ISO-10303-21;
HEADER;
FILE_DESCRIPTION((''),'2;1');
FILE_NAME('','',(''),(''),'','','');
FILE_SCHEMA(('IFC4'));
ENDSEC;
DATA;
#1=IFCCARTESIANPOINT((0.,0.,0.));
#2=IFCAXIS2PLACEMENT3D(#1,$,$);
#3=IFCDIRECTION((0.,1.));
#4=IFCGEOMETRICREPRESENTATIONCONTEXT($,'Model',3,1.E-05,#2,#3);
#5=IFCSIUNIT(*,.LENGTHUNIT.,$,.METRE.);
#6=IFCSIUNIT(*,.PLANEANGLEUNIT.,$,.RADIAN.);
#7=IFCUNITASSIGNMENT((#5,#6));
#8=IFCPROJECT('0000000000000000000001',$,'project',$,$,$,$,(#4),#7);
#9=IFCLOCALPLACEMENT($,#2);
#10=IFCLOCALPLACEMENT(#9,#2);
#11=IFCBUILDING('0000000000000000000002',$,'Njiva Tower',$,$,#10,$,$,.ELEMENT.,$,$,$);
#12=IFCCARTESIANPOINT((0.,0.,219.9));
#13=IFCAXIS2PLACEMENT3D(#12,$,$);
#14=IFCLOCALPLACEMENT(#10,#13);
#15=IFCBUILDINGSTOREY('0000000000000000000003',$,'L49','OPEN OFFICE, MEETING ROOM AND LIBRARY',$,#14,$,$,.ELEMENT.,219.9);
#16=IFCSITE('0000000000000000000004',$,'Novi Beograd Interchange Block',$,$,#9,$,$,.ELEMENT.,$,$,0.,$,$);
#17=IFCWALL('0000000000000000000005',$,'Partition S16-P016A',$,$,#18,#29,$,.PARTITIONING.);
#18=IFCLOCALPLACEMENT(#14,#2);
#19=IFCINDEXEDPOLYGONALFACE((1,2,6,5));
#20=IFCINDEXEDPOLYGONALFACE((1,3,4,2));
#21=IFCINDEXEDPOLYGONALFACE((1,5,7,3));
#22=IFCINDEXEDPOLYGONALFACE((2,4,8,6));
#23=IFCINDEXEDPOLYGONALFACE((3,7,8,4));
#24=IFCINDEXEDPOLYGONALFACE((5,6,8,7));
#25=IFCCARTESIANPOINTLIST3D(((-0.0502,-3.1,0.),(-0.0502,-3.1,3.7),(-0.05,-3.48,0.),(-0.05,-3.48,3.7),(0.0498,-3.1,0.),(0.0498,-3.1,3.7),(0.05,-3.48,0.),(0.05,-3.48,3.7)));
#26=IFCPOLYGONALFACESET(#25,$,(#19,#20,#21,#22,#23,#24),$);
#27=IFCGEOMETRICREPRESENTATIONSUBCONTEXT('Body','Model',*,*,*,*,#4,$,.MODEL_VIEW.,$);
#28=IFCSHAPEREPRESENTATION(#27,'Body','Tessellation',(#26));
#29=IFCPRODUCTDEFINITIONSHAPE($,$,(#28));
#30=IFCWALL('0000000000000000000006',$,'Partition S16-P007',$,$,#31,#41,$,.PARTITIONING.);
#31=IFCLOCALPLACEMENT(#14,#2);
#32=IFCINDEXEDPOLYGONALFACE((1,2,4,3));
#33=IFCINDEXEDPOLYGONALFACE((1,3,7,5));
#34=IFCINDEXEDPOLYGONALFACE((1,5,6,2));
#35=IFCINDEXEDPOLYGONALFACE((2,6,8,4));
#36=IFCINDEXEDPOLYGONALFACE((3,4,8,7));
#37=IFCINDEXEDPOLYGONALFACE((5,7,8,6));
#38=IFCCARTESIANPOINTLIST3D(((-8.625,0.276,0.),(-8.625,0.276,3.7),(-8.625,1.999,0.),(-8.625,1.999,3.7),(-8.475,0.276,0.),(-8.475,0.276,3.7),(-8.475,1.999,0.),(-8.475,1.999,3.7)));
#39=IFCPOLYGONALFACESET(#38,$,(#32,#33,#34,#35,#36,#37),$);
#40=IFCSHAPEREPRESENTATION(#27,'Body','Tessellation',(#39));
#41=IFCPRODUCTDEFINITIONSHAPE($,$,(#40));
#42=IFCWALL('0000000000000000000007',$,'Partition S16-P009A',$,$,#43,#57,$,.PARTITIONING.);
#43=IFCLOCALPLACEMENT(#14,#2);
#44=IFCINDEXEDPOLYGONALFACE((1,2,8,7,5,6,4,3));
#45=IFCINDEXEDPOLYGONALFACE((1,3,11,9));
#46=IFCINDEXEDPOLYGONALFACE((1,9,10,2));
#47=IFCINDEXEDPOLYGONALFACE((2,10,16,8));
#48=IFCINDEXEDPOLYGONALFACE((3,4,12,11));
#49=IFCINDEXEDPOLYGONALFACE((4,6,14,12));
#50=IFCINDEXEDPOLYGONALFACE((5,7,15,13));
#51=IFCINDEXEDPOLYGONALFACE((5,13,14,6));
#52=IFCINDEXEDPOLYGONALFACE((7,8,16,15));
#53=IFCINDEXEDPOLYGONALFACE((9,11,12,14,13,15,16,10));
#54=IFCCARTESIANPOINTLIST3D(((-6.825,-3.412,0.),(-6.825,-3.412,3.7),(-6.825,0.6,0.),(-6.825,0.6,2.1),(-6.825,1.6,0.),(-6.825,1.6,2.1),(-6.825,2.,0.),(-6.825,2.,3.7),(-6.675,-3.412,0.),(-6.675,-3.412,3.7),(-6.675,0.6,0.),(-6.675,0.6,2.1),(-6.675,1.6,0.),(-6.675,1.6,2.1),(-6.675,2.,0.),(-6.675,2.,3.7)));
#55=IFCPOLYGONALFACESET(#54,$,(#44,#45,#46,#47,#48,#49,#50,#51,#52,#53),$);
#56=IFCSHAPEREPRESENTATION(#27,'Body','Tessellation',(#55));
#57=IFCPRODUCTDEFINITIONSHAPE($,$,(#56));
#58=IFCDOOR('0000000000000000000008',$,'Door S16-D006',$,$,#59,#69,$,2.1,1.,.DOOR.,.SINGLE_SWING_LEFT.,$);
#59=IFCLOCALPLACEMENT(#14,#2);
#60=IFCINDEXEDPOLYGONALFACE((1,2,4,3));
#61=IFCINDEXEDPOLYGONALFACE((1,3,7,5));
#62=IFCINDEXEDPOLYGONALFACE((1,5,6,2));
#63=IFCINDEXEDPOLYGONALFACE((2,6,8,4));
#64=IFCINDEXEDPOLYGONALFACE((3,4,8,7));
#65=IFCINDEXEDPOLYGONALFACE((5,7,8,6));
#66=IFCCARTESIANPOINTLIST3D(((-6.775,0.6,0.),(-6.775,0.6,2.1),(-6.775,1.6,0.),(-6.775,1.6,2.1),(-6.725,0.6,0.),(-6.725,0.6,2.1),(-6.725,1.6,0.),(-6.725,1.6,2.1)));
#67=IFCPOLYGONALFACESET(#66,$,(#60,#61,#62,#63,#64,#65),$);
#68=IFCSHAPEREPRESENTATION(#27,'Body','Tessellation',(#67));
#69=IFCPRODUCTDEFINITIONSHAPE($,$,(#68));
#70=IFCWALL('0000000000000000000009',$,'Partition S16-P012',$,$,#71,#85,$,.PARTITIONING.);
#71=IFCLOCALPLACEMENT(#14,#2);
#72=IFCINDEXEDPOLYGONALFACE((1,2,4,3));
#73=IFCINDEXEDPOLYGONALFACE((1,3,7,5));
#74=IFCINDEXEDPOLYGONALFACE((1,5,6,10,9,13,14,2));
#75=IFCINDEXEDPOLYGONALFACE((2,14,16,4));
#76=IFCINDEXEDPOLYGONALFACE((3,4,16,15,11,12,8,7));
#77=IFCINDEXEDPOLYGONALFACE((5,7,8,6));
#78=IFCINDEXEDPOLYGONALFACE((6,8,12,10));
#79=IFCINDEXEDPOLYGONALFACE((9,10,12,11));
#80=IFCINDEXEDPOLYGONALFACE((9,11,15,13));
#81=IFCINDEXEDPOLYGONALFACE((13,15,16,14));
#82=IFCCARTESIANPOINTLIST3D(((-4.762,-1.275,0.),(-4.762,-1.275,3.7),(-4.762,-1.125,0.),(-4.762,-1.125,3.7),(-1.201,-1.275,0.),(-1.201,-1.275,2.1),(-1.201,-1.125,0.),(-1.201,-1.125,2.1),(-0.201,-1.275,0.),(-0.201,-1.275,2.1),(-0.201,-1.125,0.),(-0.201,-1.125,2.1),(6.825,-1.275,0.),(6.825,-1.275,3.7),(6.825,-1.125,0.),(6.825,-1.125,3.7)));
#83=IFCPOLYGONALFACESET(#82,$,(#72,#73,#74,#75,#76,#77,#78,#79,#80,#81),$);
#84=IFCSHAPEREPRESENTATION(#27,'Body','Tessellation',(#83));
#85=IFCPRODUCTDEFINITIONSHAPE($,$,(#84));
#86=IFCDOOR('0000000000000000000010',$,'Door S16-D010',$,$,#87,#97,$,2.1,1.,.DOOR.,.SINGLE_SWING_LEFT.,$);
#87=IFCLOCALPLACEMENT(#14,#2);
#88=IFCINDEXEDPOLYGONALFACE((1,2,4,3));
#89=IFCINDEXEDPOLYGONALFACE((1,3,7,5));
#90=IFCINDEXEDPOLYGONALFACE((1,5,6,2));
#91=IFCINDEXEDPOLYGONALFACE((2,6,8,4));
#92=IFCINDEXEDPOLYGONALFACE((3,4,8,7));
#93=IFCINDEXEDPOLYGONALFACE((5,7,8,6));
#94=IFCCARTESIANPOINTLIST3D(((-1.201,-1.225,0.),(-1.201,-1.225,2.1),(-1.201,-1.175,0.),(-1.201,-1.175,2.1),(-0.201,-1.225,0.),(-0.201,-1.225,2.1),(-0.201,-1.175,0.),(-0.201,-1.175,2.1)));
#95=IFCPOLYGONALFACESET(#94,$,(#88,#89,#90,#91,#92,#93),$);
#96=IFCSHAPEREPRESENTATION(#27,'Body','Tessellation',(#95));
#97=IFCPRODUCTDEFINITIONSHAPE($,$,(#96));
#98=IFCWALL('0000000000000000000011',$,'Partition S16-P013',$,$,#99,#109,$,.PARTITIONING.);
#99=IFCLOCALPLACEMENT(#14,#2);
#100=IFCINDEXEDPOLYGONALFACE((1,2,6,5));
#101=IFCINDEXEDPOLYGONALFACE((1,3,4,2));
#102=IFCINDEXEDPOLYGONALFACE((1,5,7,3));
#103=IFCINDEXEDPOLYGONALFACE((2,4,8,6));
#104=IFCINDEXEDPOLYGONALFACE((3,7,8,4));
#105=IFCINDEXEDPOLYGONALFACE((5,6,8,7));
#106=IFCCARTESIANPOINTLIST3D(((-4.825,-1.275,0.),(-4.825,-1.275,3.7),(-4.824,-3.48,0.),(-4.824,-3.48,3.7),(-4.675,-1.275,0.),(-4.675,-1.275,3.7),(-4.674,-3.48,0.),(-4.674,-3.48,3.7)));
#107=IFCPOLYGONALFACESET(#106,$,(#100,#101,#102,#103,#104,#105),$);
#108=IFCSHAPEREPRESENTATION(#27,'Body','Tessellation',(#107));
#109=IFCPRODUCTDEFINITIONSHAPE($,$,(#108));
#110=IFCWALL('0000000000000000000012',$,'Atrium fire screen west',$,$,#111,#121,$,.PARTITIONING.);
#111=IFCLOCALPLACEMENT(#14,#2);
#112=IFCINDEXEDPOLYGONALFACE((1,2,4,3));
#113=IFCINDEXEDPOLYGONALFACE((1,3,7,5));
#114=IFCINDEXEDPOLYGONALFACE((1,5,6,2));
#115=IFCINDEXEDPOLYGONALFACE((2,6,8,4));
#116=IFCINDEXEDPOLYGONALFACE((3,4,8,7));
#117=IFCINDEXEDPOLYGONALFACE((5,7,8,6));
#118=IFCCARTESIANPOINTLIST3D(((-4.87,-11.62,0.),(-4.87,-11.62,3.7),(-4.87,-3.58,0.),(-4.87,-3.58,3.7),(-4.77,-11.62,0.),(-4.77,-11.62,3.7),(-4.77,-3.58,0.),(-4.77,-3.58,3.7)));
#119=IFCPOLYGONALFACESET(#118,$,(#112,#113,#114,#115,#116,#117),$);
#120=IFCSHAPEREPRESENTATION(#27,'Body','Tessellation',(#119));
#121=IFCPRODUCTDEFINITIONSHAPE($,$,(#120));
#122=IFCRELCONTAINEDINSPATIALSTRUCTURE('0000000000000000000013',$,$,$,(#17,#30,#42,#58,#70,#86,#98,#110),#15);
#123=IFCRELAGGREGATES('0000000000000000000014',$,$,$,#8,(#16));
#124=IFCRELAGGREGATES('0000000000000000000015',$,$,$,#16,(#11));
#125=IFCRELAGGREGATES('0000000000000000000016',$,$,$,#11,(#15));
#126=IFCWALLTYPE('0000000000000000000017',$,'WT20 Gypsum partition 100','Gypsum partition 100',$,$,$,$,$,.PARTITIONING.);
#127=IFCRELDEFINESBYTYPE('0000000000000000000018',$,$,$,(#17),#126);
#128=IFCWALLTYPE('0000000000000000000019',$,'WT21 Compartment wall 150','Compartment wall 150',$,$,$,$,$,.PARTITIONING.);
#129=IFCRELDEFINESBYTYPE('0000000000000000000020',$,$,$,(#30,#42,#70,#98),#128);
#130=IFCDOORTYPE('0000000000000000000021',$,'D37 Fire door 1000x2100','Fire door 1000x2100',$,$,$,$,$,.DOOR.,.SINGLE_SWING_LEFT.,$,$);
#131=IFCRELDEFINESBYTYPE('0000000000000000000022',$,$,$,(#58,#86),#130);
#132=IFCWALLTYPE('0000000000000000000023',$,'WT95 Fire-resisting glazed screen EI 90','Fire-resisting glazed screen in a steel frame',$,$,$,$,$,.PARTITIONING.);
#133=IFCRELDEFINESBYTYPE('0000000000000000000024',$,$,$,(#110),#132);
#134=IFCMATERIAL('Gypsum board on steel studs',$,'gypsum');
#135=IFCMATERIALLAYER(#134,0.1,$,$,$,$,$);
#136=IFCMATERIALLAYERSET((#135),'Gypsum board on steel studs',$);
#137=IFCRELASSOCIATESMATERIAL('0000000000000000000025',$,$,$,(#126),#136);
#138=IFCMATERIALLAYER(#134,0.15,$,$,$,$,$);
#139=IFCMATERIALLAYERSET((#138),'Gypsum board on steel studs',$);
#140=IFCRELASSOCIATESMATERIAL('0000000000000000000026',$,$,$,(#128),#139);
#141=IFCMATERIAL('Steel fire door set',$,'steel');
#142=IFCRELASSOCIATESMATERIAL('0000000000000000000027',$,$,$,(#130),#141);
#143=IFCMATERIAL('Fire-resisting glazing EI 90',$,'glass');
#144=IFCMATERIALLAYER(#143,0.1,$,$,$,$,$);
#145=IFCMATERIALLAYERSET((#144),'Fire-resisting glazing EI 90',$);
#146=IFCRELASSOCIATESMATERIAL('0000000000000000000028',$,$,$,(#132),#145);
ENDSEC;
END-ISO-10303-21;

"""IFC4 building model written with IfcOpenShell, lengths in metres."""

from ifc_helpers import new_model, si_unit, direction, frame, frame_2d, origin, place, context, subcontext, project, spatial, rectangle, extrude, material, layer, layer_set, type_object, element, fill, save


model = new_model("IFC4")

# Units and contexts
model_context = context("Model", 3, precision=1e-05, world=origin(), true_north=direction((0.0, 1.0)))
body_context = subcontext(model_context, "Body", "Model", "MODEL_VIEW")
ifc_project = project(units=[si_unit("LENGTHUNIT", "METRE"), si_unit("PLANEANGLEUNIT", "RADIAN")], contexts=[model_context])

# Site, building, storey
site_placement = place(None, origin())
site = spatial("IfcSite", under=ifc_project, at=site_placement, Name="Novi Beograd Interchange Block", CompositionType="ELEMENT", RefElevation=0.0)
building_placement = place(site_placement, origin())
building = spatial("IfcBuilding", under=site, at=building_placement, Name="Njiva Tower", CompositionType="ELEMENT")
storey_placement = place(building_placement, frame((0.0, 0.0, 219.9)))
storey = spatial("IfcBuildingStorey", under=building, at=storey_placement, Name="L49", Description="OPEN OFFICE, MEETING ROOM AND LIBRARY", CompositionType="ELEMENT", Elevation=219.9)

# Walls
ifc_material_1 = material(Name="Gypsum board on steel studs", Category="gypsum")
ifc_layer_1 = layer(ifc_material_1, 0.1)
ifc_layer_set_1 = layer_set([ifc_layer_1], Name="Gypsum board on steel studs")
wall_type_1 = type_object("IfcWallType", Name="WT20 Gypsum partition 100", Description="Gypsum partition 100", PredefinedType="PARTITIONING", material=ifc_layer_set_1)
wall_1_placement = place(storey_placement, frame((-0.0002, -3.1, 0.0), z_axis=(0.0, 0.0, 1.0), x_axis=(0.000526, -1.0, 0.0)))
element("IfcWall", 1, at=wall_1_placement, inside=storey, type_object=wall_type_1, Name="Partition S16-P016A", PredefinedType="PARTITIONING", context=body_context, shape_type="SweptSolid", body=[
    extrude(rectangle(XDim=0.38, YDim=0.1, at=frame_2d((0.19, 0.0))), origin(), (0.0, 0.0, 1.0), 3.7),
])
ifc_layer_2 = layer(ifc_material_1, 0.15)
ifc_layer_set_2 = layer_set([ifc_layer_2], Name="Gypsum board on steel studs")
wall_type_2 = type_object("IfcWallType", Name="WT21 Compartment wall 150", Description="Compartment wall 150", PredefinedType="PARTITIONING", material=ifc_layer_set_2)
wall_2_placement = place(storey_placement, frame((-8.55, 0.276, 0.0), z_axis=(0.0, 0.0, 1.0), x_axis=(0.0, 1.0, 0.0)))
element("IfcWall", 2, at=wall_2_placement, inside=storey, type_object=wall_type_2, Name="Partition S16-P007", PredefinedType="PARTITIONING", context=body_context, shape_type="SweptSolid", body=[
    extrude(rectangle(XDim=1.723, YDim=0.15, at=frame_2d((0.8615, 0.0))), origin(), (0.0, 0.0, 1.0), 3.7),
])

# Walls, openings, doors
wall_3_placement = place(storey_placement, frame((-6.75, -3.412, 0.0), z_axis=(0.0, 0.0, 1.0), x_axis=(0.0, 1.0, 0.0)))
wall_3 = element("IfcWall", 3, at=wall_3_placement, inside=storey, type_object=wall_type_2, Name="Partition S16-P009A", PredefinedType="PARTITIONING", context=body_context, shape_type="SweptSolid", body=[
    extrude(rectangle(XDim=5.412, YDim=0.15, at=frame_2d((2.706, 0.0))), origin(), (0.0, 0.0, 1.0), 3.7),
])
opening_1_placement = place(wall_3_placement, frame((4.012, 0.0, 0.0)))
opening_1 = element("IfcOpeningElement", 4, at=opening_1_placement, cuts=wall_3, PredefinedType="OPENING", context=body_context, shape_type="SweptSolid", body=[
    extrude(rectangle(XDim=1.0, YDim=2.1, at=frame_2d((0.5, 1.05))), frame((0.0, 0.085, 0.0), z_axis=(0.0, -1.0, 0.0), x_axis=(1.0, 0.0, 0.0)), (0.0, 0.0, 1.0), 0.17),
])
ifc_material_2 = material(Name="Steel fire door set", Category="steel")
door_type = type_object("IfcDoorType", Name="D37 Fire door 1000x2100", Description="Fire door 1000x2100", OperationType="SINGLE_SWING_LEFT", PredefinedType="DOOR", material=ifc_material_2)
door_1_placement = place(opening_1_placement, origin())
door_1 = element("IfcDoor", 5, at=door_1_placement, inside=storey, type_object=door_type, Name="Door S16-D006", OperationType="SINGLE_SWING_LEFT", OverallHeight=2.1, OverallWidth=1.0, PredefinedType="DOOR", context=body_context, shape_type="SweptSolid", body=[
    extrude(rectangle(XDim=1.0, YDim=2.1, at=frame_2d((0.5, 1.05))), frame((0.0, 0.025, 0.0), z_axis=(0.0, -1.0, 0.0), x_axis=(1.0, 0.0, 0.0)), (0.0, 0.0, 1.0), 0.05),
])
fill(opening_1, door_1)
wall_4_placement = place(storey_placement, frame((-4.762, -1.2, 0.0), z_axis=(0.0, 0.0, 1.0), x_axis=(1.0, 0.0, 0.0)))
wall_4 = element("IfcWall", 6, at=wall_4_placement, inside=storey, type_object=wall_type_2, Name="Partition S16-P012", PredefinedType="PARTITIONING", context=body_context, shape_type="SweptSolid", body=[
    extrude(rectangle(XDim=11.587, YDim=0.15, at=frame_2d((5.7935, 0.0))), origin(), (0.0, 0.0, 1.0), 3.7),
])
opening_2_placement = place(wall_4_placement, frame((3.561, 0.0, 0.0)))
opening_2 = element("IfcOpeningElement", 7, at=opening_2_placement, cuts=wall_4, PredefinedType="OPENING", context=body_context, shape_type="SweptSolid", body=[
    extrude(rectangle(XDim=1.0, YDim=2.1, at=frame_2d((0.5, 1.05))), frame((0.0, 0.085, 0.0), z_axis=(0.0, -1.0, 0.0), x_axis=(1.0, 0.0, 0.0)), (0.0, 0.0, 1.0), 0.17),
])
door_2_placement = place(opening_2_placement, origin())
door_2 = element("IfcDoor", 8, at=door_2_placement, inside=storey, type_object=door_type, Name="Door S16-D010", OperationType="SINGLE_SWING_LEFT", OverallHeight=2.1, OverallWidth=1.0, PredefinedType="DOOR", context=body_context, shape_type="SweptSolid", body=[
    extrude(rectangle(XDim=1.0, YDim=2.1, at=frame_2d((0.5, 1.05))), frame((0.0, 0.025, 0.0), z_axis=(0.0, -1.0, 0.0), x_axis=(1.0, 0.0, 0.0)), (0.0, 0.0, 1.0), 0.05),
])
fill(opening_2, door_2)

# Walls
wall_5_placement = place(storey_placement, frame((-4.75, -1.275, 0.0), z_axis=(0.0, 0.0, 1.0), x_axis=(0.000454, -1.0, 0.0)))
element("IfcWall", 9, at=wall_5_placement, inside=storey, type_object=wall_type_2, Name="Partition S16-P013", PredefinedType="PARTITIONING", context=body_context, shape_type="SweptSolid", body=[
    extrude(rectangle(XDim=2.205, YDim=0.15, at=frame_2d((1.1025, 0.0))), origin(), (0.0, 0.0, 1.0), 3.7),
])
ifc_material_3 = material(Name="Fire-resisting glazing EI 90", Category="glass")
ifc_layer_3 = layer(ifc_material_3, 0.1)
ifc_layer_set_3 = layer_set([ifc_layer_3], Name="Fire-resisting glazing EI 90")
wall_type_3 = type_object("IfcWallType", Name="WT95 Fire-resisting glazed screen EI 90", Description="Fire-resisting glazed screen in a steel frame", PredefinedType="PARTITIONING", material=ifc_layer_set_3)
wall_6_placement = place(storey_placement, frame((-4.82, -3.58, 0.0), z_axis=(0.0, 0.0, 1.0), x_axis=(0.0, -1.0, 0.0)))
element("IfcWall", 10, at=wall_6_placement, inside=storey, type_object=wall_type_3, Name="Atrium fire screen west", PredefinedType="PARTITIONING", context=body_context, shape_type="SweptSolid", body=[
    extrude(rectangle(XDim=8.04, YDim=0.1, at=frame_2d((4.02, 0.0))), origin(), (0.0, 0.0, 1.0), 3.7),
])

save(model, "model.ifc")
